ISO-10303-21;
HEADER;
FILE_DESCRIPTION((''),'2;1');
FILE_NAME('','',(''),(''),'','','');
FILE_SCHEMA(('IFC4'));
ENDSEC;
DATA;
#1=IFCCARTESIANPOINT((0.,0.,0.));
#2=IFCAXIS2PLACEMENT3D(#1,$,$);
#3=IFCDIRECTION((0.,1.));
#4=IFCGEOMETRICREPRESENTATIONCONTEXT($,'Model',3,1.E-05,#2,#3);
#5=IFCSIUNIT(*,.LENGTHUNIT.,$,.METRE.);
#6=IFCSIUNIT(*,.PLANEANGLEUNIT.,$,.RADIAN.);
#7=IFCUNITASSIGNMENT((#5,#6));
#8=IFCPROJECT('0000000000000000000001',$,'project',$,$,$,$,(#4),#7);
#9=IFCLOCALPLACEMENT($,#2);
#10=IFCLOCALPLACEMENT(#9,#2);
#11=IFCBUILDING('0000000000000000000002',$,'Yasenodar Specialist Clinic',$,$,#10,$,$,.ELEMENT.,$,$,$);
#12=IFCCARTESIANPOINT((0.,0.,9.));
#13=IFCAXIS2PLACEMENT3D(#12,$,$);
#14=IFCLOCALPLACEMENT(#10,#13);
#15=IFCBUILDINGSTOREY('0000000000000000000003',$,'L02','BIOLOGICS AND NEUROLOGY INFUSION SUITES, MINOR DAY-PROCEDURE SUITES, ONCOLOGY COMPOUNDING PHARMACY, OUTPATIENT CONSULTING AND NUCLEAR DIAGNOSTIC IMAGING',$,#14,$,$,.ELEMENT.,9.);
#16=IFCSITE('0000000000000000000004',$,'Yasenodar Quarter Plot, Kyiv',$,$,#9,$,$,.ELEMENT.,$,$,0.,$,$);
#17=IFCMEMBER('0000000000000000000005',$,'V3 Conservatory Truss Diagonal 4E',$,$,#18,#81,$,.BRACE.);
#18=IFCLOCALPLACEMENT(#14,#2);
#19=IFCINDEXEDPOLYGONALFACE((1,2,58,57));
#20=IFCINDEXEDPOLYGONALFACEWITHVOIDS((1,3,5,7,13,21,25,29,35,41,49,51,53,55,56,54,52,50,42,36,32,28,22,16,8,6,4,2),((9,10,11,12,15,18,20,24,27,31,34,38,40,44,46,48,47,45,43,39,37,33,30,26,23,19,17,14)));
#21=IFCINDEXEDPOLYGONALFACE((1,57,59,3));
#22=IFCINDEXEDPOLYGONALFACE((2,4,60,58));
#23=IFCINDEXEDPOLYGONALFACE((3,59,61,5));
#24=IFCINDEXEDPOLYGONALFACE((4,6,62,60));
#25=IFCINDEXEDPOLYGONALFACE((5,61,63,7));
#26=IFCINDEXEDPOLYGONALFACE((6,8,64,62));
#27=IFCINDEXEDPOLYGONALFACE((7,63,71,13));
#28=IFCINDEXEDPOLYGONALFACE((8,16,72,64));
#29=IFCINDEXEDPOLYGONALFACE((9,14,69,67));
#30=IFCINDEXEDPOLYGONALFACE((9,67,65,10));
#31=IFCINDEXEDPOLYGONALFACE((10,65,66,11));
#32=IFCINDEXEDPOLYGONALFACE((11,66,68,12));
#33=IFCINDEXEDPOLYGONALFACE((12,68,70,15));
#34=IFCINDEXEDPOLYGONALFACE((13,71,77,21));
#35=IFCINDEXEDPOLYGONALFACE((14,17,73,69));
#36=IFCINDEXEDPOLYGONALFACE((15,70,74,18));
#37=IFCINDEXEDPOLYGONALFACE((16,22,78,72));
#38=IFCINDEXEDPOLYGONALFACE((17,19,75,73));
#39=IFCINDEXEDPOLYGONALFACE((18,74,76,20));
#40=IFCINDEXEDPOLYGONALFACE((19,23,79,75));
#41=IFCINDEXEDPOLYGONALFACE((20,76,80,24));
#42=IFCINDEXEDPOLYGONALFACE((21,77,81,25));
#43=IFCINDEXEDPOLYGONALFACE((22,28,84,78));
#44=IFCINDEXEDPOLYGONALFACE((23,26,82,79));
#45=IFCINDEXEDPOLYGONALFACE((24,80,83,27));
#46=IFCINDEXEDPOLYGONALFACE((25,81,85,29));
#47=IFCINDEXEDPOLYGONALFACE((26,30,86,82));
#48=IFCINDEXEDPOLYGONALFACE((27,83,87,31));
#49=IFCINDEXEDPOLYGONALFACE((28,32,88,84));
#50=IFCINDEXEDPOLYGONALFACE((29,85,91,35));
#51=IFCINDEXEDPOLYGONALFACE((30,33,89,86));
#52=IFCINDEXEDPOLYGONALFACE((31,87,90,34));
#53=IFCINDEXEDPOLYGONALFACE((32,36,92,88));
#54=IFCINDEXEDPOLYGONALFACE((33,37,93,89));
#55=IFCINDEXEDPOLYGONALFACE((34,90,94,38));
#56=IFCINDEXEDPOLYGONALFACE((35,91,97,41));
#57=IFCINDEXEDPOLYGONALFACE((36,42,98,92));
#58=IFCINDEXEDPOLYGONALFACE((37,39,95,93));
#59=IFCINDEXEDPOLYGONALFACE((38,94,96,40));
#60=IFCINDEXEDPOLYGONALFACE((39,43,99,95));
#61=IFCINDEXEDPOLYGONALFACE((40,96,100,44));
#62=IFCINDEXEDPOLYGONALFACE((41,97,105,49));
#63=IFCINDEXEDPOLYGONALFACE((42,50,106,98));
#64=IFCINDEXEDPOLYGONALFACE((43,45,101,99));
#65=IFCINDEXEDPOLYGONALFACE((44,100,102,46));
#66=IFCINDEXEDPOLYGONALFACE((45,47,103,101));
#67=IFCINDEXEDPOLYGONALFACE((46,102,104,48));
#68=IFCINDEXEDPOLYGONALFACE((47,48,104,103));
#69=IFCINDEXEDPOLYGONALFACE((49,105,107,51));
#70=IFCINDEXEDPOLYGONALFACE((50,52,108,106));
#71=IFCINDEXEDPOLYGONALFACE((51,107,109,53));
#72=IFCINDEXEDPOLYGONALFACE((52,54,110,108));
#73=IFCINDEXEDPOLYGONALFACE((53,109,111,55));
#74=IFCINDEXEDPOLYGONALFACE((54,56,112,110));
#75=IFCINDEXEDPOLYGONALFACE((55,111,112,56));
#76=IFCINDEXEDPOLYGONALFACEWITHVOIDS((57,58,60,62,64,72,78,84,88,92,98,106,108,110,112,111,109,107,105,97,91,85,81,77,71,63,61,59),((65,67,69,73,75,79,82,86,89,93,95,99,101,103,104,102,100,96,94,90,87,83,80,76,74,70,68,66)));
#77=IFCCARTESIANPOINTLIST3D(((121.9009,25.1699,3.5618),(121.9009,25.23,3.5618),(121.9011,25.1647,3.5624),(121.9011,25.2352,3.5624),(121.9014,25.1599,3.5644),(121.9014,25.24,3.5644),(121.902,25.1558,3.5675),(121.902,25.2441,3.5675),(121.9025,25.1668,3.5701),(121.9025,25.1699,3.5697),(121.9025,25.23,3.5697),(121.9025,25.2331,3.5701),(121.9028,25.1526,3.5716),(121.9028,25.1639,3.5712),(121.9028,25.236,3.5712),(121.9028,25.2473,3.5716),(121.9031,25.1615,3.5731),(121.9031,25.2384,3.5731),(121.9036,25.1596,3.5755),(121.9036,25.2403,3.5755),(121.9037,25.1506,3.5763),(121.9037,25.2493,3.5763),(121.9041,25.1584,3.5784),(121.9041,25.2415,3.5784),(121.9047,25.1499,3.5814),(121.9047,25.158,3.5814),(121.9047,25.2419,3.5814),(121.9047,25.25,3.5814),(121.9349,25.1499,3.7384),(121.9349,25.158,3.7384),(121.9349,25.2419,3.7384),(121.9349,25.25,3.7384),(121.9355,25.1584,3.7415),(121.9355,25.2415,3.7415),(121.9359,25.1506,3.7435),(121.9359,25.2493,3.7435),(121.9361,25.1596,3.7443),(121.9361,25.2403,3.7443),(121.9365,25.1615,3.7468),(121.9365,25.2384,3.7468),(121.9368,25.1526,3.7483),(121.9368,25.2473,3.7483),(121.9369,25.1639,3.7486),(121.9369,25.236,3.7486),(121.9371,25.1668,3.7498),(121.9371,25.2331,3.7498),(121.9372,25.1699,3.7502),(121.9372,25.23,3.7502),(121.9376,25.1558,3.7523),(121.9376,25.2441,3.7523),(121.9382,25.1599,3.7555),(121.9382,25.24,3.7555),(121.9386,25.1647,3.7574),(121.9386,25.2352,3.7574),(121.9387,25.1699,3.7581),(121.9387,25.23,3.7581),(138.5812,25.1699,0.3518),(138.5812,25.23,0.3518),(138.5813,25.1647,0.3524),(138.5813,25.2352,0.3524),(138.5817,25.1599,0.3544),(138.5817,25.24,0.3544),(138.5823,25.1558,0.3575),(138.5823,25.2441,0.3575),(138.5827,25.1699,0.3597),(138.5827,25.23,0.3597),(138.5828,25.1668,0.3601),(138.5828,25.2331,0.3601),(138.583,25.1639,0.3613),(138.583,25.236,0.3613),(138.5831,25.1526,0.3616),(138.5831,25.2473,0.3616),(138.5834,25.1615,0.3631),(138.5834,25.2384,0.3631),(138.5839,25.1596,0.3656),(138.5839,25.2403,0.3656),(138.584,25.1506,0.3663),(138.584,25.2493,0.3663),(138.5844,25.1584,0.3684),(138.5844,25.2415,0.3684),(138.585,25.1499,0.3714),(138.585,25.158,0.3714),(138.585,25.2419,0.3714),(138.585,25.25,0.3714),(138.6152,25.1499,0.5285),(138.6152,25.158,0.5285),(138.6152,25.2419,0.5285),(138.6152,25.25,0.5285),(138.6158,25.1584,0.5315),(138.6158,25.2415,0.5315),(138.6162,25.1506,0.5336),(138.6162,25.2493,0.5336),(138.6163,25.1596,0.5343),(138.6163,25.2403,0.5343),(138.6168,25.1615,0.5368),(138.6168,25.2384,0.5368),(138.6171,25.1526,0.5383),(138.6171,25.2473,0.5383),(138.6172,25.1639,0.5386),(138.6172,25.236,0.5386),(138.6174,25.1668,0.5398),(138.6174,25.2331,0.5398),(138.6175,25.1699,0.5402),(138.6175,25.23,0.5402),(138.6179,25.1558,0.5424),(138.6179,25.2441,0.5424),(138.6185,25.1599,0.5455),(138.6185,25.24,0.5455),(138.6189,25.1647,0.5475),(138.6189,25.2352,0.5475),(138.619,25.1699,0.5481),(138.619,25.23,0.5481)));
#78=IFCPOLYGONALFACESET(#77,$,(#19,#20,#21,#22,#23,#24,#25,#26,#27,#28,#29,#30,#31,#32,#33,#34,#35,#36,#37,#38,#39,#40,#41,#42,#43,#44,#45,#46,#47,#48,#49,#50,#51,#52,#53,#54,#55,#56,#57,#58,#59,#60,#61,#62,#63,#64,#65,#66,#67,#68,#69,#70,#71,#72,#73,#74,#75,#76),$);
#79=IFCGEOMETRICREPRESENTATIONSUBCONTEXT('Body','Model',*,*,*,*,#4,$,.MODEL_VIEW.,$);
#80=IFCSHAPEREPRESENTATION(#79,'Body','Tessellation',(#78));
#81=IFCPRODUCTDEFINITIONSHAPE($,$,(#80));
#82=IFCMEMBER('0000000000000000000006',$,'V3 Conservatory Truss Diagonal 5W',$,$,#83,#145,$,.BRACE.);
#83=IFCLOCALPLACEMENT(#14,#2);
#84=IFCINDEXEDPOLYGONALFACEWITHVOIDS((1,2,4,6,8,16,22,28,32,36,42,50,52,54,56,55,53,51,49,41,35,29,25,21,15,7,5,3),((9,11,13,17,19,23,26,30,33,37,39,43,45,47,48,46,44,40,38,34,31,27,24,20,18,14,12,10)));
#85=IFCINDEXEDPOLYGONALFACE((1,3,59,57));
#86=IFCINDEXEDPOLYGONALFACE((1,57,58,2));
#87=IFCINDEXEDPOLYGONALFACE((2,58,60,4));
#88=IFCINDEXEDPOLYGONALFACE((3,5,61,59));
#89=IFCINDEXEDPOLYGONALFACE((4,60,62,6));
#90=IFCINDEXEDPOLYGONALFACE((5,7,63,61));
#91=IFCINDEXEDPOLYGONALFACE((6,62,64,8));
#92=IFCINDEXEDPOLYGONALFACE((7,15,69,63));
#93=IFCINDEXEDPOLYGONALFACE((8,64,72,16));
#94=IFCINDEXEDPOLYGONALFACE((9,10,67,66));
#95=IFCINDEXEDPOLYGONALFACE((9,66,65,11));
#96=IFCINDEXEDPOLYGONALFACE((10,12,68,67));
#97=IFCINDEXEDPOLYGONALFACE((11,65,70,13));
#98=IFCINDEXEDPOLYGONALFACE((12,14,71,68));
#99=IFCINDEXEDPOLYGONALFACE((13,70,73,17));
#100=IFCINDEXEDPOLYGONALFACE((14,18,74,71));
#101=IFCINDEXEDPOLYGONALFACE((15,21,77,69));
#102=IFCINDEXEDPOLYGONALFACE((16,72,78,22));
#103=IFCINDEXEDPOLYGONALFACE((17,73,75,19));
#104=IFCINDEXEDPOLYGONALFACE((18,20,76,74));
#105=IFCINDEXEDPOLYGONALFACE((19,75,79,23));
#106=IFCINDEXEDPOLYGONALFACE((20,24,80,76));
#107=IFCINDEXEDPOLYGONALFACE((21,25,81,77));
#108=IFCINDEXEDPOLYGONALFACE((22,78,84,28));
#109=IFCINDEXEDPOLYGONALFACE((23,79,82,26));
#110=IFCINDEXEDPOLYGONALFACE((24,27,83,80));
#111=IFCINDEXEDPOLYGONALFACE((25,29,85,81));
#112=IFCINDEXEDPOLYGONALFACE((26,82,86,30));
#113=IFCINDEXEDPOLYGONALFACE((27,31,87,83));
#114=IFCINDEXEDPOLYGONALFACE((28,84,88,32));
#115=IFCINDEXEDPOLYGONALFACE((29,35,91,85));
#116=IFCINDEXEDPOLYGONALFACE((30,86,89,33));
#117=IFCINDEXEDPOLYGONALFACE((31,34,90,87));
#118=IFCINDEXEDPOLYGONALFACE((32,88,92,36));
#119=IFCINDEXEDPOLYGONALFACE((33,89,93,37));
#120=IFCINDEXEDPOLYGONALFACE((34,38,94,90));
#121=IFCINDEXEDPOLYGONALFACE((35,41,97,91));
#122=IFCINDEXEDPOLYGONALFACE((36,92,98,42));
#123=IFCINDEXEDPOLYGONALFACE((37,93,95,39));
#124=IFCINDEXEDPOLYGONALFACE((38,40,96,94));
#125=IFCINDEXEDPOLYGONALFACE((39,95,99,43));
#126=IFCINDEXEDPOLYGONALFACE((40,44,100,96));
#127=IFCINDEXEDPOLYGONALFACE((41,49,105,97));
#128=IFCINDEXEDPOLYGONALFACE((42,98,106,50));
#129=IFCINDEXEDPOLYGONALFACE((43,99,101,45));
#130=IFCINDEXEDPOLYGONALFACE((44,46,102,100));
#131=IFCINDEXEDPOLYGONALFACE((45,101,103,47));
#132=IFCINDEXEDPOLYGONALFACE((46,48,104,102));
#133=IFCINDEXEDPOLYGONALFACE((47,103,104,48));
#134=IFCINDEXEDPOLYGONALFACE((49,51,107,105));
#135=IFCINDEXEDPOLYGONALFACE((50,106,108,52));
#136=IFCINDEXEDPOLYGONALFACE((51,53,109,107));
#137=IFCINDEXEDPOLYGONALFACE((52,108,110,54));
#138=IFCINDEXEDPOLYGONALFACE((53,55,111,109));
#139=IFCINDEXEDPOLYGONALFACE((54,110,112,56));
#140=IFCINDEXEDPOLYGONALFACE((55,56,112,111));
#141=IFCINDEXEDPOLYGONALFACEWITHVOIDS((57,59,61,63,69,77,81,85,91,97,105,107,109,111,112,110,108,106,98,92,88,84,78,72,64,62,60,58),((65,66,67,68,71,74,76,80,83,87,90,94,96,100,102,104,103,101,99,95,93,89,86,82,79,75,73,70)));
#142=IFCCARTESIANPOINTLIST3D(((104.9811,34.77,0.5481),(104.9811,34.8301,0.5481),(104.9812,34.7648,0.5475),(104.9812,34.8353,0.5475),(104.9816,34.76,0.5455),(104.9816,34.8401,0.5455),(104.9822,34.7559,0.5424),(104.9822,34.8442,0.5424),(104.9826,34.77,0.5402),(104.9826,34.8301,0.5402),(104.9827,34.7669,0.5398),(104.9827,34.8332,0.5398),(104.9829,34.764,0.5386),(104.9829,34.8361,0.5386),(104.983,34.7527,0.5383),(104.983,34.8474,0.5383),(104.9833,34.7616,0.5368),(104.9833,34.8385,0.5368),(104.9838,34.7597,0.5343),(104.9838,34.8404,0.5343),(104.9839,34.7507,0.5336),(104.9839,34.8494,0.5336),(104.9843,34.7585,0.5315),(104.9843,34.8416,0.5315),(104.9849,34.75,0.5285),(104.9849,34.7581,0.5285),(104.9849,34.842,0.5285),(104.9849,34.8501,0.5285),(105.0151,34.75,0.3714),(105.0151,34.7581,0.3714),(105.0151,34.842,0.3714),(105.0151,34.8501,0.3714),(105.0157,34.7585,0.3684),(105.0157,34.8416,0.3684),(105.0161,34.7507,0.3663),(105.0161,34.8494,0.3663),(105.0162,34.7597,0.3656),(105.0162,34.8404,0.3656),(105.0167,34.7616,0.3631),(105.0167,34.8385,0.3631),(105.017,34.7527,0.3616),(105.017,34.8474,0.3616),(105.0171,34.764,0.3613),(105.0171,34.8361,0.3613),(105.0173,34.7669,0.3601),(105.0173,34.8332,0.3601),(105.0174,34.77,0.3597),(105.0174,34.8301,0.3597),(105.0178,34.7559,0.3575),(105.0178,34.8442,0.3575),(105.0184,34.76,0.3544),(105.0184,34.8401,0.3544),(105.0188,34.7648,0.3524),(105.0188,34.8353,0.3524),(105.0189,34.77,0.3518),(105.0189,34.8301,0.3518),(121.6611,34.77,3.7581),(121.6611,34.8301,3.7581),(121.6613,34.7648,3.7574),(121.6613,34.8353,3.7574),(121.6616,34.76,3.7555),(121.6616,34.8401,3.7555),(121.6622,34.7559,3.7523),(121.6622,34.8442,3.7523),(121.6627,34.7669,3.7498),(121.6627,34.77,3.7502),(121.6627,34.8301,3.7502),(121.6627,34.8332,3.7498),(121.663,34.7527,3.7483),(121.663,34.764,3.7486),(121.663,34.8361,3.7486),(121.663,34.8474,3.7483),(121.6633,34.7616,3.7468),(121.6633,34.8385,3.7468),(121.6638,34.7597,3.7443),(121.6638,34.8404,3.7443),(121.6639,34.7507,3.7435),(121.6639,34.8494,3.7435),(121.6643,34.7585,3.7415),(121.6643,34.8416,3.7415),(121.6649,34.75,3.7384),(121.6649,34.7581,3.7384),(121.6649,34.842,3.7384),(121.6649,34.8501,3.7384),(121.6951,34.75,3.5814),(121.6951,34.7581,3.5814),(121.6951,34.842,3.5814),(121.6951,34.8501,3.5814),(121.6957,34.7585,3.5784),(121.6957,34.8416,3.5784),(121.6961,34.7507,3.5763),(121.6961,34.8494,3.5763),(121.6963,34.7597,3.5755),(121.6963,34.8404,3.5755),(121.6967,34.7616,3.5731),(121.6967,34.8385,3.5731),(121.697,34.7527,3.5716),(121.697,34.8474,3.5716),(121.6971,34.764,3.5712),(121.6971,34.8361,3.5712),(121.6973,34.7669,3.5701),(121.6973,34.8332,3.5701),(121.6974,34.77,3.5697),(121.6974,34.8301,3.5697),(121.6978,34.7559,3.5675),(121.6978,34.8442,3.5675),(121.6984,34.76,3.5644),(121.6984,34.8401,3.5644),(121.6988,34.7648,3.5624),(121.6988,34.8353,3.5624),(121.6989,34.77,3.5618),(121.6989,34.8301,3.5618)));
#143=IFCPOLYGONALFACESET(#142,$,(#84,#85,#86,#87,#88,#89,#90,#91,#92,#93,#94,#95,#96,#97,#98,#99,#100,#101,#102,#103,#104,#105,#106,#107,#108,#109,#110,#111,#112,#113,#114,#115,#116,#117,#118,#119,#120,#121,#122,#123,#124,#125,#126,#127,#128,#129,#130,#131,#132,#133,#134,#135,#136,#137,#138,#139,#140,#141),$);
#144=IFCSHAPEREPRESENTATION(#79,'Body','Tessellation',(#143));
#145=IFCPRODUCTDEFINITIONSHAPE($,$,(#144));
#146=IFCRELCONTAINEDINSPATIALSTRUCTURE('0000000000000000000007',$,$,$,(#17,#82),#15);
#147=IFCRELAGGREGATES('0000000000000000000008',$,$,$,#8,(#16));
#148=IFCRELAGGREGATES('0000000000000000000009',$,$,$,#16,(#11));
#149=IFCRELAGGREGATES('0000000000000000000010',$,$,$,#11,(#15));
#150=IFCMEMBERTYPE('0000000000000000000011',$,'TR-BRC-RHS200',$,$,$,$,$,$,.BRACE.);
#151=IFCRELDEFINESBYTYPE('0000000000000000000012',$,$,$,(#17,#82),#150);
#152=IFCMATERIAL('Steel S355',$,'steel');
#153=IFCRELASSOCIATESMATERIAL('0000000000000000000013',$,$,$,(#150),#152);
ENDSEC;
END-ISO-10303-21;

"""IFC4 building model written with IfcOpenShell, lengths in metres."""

from ifc_helpers import new_model, si_unit, direction, frame, origin, origin_2d, place, context, subcontext, project, spatial, hollow_rectangle, extrude, material, material_profile, profile_set, type_object, element, save


model = new_model("IFC4")

# Units and contexts
model_context = context("Model", 3, precision=1e-05, world=origin(), true_north=direction((0.0, 1.0)))
body_context = subcontext(model_context, "Body", "Model", "MODEL_VIEW")
ifc_project = project(units=[si_unit("LENGTHUNIT", "METRE"), si_unit("PLANEANGLEUNIT", "RADIAN")], contexts=[model_context])

# Site, building, storey
site_placement = place(None, origin())
site = spatial("IfcSite", under=ifc_project, at=site_placement, Name="Yasenodar Quarter Plot, Kyiv", CompositionType="ELEMENT", RefElevation=0.0)
building_placement = place(site_placement, origin())
building = spatial("IfcBuilding", under=site, at=building_placement, Name="Yasenodar Specialist Clinic", CompositionType="ELEMENT")
storey_placement = place(building_placement, frame((0.0, 0.0, 9.0)))
storey = spatial("IfcBuildingStorey", under=building, at=storey_placement, Name="L02", Description="BIOLOGICS AND NEUROLOGY INFUSION SUITES, MINOR DAY-PROCEDURE SUITES, ONCOLOGY COMPOUNDING PHARMACY, OUTPATIENT CONSULTING AND NUCLEAR DIAGNOSTIC IMAGING", CompositionType="ELEMENT", Elevation=9.0)

# Shared definitions
ifc_material = material(Name="Steel S355", Category="steel")

# Members
ifc_material_profile_1 = material_profile(ifc_material, hollow_rectangle(XDim=0.1001, YDim=0.2, WallThickness=0.0081, InnerFilletRadius=0.012, OuterFilletRadius=0.02, at=origin_2d()), Name="RHS 200x100x8")
ifc_profile_set_1 = profile_set([ifc_material_profile_1], Name="Steel S355")
member_type_1 = type_object("IfcMemberType", Name="TR-BRC-RHS200", PredefinedType="BRACE", material=ifc_profile_set_1)
for number, where, z_axis, x_axis, name in (
    (1, (138.6001, 25.2, 0.45), (-0.981982, 0.0, 0.188974), (0.0, -1.0, 0.0), "V3 Conservatory Truss Diagonal 4E"),
):
    element("IfcMember", number, at=place(storey_placement, frame(where, z_axis=z_axis, x_axis=x_axis)), inside=storey, type_object=member_type_1, Name=name, PredefinedType="BRACE", context=body_context, shape_type="SweptSolid", body=[
        extrude(hollow_rectangle(XDim=0.1001, YDim=0.2, WallThickness=0.0081, InnerFilletRadius=0.012, OuterFilletRadius=0.02, at=origin_2d()), origin(), (0.0, 0.0, 1.0), 16.9863),
    ])
member_1_placement = place(storey_placement, frame((105.0, 34.8, 0.45), z_axis=(0.981982, 0.0, 0.188977), x_axis=(0.0, 1.0, 0.0)))
element("IfcMember", 2, at=member_1_placement, inside=storey, type_object=member_type_1, Name="V3 Conservatory Truss Diagonal 5W", PredefinedType="BRACE", context=body_context, shape_type="SweptSolid", body=[
    extrude(hollow_rectangle(XDim=0.1001, YDim=0.2, WallThickness=0.0081, InnerFilletRadius=0.012, OuterFilletRadius=0.02, at=origin_2d()), origin(), (0.0, 0.0, 1.0), 16.9861),
])

save(model, "model.ifc")
